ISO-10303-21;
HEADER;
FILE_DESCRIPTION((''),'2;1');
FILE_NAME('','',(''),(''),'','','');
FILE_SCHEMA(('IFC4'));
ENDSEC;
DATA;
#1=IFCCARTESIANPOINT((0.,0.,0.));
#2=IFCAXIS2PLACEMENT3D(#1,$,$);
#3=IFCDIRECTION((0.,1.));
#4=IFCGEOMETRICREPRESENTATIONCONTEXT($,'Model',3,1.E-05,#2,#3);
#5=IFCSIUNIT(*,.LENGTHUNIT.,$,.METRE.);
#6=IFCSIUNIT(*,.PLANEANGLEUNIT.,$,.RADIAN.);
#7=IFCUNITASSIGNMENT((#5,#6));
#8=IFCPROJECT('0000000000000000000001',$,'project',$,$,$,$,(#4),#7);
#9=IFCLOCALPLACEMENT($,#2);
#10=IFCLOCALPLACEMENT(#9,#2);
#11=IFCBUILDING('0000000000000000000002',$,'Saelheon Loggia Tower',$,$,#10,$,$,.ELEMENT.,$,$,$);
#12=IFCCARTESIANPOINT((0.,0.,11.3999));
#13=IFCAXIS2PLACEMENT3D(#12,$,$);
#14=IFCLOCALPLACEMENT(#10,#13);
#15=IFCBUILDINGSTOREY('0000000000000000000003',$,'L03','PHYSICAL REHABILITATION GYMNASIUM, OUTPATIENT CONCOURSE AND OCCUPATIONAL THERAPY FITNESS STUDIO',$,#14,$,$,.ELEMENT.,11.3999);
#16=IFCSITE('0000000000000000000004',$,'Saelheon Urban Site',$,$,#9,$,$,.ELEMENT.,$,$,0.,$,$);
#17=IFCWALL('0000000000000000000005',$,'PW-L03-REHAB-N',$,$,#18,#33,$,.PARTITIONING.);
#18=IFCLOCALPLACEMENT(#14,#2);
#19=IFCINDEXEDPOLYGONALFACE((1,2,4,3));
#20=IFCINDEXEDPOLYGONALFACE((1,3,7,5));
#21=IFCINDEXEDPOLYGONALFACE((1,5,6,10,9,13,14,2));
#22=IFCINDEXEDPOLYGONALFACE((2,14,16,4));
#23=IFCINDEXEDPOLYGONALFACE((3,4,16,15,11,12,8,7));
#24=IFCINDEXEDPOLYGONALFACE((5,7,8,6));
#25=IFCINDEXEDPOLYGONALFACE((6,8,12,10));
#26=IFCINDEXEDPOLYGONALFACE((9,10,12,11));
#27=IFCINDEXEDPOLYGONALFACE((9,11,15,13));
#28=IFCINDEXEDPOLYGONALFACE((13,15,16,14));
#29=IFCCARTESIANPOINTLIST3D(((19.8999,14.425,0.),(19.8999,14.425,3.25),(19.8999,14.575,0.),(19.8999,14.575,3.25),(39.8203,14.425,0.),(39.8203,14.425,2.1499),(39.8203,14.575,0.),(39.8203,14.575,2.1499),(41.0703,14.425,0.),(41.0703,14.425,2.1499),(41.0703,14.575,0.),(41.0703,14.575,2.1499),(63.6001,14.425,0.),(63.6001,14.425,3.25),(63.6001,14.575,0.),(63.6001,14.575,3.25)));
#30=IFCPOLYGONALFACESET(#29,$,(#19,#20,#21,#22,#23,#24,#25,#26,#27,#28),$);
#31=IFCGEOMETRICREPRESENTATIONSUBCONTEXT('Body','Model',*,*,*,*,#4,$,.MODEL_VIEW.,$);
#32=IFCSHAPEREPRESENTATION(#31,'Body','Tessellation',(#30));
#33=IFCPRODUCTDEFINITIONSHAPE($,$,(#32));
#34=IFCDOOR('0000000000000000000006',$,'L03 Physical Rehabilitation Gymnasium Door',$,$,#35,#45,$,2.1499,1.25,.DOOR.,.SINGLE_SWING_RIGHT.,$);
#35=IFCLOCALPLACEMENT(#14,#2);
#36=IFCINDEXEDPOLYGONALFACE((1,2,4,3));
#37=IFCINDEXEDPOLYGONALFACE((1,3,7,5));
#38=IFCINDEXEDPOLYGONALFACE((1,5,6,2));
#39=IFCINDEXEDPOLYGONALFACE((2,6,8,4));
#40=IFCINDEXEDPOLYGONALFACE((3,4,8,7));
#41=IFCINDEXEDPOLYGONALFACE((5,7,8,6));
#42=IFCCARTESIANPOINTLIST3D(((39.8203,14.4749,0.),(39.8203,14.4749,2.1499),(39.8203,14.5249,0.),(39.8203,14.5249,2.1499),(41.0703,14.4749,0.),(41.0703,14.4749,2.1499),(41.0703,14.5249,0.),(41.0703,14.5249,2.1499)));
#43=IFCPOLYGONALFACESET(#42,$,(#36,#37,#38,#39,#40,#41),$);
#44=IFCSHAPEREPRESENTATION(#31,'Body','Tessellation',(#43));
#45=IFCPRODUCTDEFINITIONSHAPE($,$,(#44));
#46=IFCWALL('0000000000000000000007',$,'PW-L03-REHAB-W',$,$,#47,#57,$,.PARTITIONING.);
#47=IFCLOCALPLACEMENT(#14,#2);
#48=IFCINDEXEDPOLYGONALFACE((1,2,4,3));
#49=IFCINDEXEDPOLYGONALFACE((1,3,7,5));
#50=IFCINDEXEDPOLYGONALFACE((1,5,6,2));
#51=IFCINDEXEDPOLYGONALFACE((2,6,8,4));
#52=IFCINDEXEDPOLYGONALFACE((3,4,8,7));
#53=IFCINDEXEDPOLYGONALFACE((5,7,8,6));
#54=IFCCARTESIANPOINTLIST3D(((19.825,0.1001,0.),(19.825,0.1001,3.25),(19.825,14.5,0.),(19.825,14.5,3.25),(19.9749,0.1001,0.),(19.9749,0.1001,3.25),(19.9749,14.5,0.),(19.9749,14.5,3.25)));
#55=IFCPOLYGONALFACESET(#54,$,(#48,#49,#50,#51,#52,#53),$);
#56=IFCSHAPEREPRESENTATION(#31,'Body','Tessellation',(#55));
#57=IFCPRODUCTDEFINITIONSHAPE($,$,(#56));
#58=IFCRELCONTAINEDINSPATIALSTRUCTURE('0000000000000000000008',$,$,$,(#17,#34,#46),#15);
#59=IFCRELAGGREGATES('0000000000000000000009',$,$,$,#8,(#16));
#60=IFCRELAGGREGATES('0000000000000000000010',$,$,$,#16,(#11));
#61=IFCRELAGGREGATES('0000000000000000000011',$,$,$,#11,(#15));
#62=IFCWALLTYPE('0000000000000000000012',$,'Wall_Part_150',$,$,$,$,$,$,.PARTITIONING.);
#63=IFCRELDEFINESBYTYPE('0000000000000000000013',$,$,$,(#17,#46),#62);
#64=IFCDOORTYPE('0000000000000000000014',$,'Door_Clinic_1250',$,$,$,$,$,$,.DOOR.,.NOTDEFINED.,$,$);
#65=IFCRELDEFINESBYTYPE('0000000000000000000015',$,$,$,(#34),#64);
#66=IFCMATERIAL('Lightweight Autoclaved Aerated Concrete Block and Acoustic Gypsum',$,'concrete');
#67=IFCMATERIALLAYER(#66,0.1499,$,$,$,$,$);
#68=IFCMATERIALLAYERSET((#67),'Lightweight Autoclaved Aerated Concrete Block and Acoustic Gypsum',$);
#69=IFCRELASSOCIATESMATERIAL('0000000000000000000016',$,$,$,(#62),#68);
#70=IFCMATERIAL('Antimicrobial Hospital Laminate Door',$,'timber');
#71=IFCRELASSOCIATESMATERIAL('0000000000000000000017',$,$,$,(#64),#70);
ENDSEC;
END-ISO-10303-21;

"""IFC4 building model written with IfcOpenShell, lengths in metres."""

from ifc_helpers import new_model, si_unit, direction, frame, frame_2d, origin, place, context, subcontext, project, spatial, rectangle, extrude, source, transform, mapped, material, layer, layer_set, type_object, element, fill, save


model = new_model("IFC4")

# Units and contexts
model_context = context("Model", 3, precision=1e-05, world=origin(), true_north=direction((0.0, 1.0)))
body_context = subcontext(model_context, "Body", "Model", "MODEL_VIEW")
ifc_project = project(units=[si_unit("LENGTHUNIT", "METRE"), si_unit("PLANEANGLEUNIT", "RADIAN")], contexts=[model_context])

# Site, building, storey
site_placement = place(None, origin())
site = spatial("IfcSite", under=ifc_project, at=site_placement, Name="Saelheon Urban Site", CompositionType="ELEMENT", RefElevation=0.0)
building_placement = place(site_placement, origin())
building = spatial("IfcBuilding", under=site, at=building_placement, Name="Saelheon Loggia Tower", CompositionType="ELEMENT")
storey_placement = place(building_placement, frame((0.0, 0.0, 11.3999)))
storey = spatial("IfcBuildingStorey", under=building, at=storey_placement, Name="L03", Description="PHYSICAL REHABILITATION GYMNASIUM, OUTPATIENT CONCOURSE AND OCCUPATIONAL THERAPY FITNESS STUDIO", CompositionType="ELEMENT", Elevation=11.3999)

# Shared definitions
ifc_material_1 = material(Name="Lightweight Autoclaved Aerated Concrete Block and Acoustic Gypsum", Category="concrete")
ifc_layer_1 = layer(ifc_material_1, 0.1499)
ifc_layer_set_1 = layer_set([ifc_layer_1], Name="Lightweight Autoclaved Aerated Concrete Block and Acoustic Gypsum")
wall_type = type_object("IfcWallType", Name="Wall_Part_150", PredefinedType="PARTITIONING", material=ifc_layer_set_1)

# Wall, opening, door
wall_1_placement = place(storey_placement, frame((19.8999, 14.5, 0.0), z_axis=(0.0, 0.0, 1.0), x_axis=(1.0, 0.0, 0.0)))
wall_1 = element("IfcWall", 1, at=wall_1_placement, inside=storey, type_object=wall_type, Name="PW-L03-REHAB-N", PredefinedType="PARTITIONING", context=body_context, shape_type="SweptSolid", body=[
    extrude(rectangle(XDim=43.7002, YDim=0.1499, at=frame_2d((21.8501, 0.0))), origin(), (0.0, 0.0, 1.0), 3.25),
])
opening_placement = place(wall_1_placement, frame((19.9204, 0.0, 0.0)))
opening = element("IfcOpeningElement", 2, at=opening_placement, cuts=wall_1, PredefinedType="OPENING", context=body_context, shape_type="SweptSolid", body=[
    extrude(rectangle(XDim=1.25, YDim=2.1499, at=frame_2d((0.625, 1.075))), frame((0.0, 0.0869, 0.0), z_axis=(0.0, -1.0, 0.0), x_axis=(1.0, 0.0, 0.0)), (0.0, 0.0, 1.0), 0.1738),
])
ifc_material_2 = material(Name="Antimicrobial Hospital Laminate Door", Category="timber")
door_type = type_object("IfcDoorType", Name="Door_Clinic_1250", OperationType="NOTDEFINED", PredefinedType="DOOR", material=ifc_material_2)
shared_shape_1 = source(origin(), body_context, "Body", "SweptSolid", [
    extrude(rectangle(XDim=1.25, YDim=2.1499, at=frame_2d((0.625, 1.075))), frame((0.0, 0.0249, 0.0), z_axis=(0.0, -1.0, 0.0), x_axis=(1.0, 0.0, 0.0)), (0.0, 0.0, 1.0), 0.05),
])
door_placement = place(opening_placement, origin())
door = element("IfcDoor", 3, at=door_placement, inside=storey, type_object=door_type, Name="L03 Physical Rehabilitation Gymnasium Door", OperationType="SINGLE_SWING_RIGHT", OverallHeight=2.1499, OverallWidth=1.25, PredefinedType="DOOR", context=body_context, shape_type="MappedRepresentation", body=[
    mapped(shared_shape_1, transform((0.0, 0.0, 0.0), scale=1.0)),
])
fill(opening, door)

# Wall
wall_2_placement = place(storey_placement, frame((19.8999, 0.1001, 0.0), z_axis=(0.0, 0.0, 1.0), x_axis=(0.0, 1.0, 0.0)))
element("IfcWall", 4, at=wall_2_placement, inside=storey, type_object=wall_type, Name="PW-L03-REHAB-W", PredefinedType="PARTITIONING", context=body_context, shape_type="SweptSolid", body=[
    extrude(rectangle(XDim=14.3999, YDim=0.1499, at=frame_2d((7.2, 0.0))), origin(), (0.0, 0.0, 1.0), 3.25),
])

save(model, "model.ifc")
